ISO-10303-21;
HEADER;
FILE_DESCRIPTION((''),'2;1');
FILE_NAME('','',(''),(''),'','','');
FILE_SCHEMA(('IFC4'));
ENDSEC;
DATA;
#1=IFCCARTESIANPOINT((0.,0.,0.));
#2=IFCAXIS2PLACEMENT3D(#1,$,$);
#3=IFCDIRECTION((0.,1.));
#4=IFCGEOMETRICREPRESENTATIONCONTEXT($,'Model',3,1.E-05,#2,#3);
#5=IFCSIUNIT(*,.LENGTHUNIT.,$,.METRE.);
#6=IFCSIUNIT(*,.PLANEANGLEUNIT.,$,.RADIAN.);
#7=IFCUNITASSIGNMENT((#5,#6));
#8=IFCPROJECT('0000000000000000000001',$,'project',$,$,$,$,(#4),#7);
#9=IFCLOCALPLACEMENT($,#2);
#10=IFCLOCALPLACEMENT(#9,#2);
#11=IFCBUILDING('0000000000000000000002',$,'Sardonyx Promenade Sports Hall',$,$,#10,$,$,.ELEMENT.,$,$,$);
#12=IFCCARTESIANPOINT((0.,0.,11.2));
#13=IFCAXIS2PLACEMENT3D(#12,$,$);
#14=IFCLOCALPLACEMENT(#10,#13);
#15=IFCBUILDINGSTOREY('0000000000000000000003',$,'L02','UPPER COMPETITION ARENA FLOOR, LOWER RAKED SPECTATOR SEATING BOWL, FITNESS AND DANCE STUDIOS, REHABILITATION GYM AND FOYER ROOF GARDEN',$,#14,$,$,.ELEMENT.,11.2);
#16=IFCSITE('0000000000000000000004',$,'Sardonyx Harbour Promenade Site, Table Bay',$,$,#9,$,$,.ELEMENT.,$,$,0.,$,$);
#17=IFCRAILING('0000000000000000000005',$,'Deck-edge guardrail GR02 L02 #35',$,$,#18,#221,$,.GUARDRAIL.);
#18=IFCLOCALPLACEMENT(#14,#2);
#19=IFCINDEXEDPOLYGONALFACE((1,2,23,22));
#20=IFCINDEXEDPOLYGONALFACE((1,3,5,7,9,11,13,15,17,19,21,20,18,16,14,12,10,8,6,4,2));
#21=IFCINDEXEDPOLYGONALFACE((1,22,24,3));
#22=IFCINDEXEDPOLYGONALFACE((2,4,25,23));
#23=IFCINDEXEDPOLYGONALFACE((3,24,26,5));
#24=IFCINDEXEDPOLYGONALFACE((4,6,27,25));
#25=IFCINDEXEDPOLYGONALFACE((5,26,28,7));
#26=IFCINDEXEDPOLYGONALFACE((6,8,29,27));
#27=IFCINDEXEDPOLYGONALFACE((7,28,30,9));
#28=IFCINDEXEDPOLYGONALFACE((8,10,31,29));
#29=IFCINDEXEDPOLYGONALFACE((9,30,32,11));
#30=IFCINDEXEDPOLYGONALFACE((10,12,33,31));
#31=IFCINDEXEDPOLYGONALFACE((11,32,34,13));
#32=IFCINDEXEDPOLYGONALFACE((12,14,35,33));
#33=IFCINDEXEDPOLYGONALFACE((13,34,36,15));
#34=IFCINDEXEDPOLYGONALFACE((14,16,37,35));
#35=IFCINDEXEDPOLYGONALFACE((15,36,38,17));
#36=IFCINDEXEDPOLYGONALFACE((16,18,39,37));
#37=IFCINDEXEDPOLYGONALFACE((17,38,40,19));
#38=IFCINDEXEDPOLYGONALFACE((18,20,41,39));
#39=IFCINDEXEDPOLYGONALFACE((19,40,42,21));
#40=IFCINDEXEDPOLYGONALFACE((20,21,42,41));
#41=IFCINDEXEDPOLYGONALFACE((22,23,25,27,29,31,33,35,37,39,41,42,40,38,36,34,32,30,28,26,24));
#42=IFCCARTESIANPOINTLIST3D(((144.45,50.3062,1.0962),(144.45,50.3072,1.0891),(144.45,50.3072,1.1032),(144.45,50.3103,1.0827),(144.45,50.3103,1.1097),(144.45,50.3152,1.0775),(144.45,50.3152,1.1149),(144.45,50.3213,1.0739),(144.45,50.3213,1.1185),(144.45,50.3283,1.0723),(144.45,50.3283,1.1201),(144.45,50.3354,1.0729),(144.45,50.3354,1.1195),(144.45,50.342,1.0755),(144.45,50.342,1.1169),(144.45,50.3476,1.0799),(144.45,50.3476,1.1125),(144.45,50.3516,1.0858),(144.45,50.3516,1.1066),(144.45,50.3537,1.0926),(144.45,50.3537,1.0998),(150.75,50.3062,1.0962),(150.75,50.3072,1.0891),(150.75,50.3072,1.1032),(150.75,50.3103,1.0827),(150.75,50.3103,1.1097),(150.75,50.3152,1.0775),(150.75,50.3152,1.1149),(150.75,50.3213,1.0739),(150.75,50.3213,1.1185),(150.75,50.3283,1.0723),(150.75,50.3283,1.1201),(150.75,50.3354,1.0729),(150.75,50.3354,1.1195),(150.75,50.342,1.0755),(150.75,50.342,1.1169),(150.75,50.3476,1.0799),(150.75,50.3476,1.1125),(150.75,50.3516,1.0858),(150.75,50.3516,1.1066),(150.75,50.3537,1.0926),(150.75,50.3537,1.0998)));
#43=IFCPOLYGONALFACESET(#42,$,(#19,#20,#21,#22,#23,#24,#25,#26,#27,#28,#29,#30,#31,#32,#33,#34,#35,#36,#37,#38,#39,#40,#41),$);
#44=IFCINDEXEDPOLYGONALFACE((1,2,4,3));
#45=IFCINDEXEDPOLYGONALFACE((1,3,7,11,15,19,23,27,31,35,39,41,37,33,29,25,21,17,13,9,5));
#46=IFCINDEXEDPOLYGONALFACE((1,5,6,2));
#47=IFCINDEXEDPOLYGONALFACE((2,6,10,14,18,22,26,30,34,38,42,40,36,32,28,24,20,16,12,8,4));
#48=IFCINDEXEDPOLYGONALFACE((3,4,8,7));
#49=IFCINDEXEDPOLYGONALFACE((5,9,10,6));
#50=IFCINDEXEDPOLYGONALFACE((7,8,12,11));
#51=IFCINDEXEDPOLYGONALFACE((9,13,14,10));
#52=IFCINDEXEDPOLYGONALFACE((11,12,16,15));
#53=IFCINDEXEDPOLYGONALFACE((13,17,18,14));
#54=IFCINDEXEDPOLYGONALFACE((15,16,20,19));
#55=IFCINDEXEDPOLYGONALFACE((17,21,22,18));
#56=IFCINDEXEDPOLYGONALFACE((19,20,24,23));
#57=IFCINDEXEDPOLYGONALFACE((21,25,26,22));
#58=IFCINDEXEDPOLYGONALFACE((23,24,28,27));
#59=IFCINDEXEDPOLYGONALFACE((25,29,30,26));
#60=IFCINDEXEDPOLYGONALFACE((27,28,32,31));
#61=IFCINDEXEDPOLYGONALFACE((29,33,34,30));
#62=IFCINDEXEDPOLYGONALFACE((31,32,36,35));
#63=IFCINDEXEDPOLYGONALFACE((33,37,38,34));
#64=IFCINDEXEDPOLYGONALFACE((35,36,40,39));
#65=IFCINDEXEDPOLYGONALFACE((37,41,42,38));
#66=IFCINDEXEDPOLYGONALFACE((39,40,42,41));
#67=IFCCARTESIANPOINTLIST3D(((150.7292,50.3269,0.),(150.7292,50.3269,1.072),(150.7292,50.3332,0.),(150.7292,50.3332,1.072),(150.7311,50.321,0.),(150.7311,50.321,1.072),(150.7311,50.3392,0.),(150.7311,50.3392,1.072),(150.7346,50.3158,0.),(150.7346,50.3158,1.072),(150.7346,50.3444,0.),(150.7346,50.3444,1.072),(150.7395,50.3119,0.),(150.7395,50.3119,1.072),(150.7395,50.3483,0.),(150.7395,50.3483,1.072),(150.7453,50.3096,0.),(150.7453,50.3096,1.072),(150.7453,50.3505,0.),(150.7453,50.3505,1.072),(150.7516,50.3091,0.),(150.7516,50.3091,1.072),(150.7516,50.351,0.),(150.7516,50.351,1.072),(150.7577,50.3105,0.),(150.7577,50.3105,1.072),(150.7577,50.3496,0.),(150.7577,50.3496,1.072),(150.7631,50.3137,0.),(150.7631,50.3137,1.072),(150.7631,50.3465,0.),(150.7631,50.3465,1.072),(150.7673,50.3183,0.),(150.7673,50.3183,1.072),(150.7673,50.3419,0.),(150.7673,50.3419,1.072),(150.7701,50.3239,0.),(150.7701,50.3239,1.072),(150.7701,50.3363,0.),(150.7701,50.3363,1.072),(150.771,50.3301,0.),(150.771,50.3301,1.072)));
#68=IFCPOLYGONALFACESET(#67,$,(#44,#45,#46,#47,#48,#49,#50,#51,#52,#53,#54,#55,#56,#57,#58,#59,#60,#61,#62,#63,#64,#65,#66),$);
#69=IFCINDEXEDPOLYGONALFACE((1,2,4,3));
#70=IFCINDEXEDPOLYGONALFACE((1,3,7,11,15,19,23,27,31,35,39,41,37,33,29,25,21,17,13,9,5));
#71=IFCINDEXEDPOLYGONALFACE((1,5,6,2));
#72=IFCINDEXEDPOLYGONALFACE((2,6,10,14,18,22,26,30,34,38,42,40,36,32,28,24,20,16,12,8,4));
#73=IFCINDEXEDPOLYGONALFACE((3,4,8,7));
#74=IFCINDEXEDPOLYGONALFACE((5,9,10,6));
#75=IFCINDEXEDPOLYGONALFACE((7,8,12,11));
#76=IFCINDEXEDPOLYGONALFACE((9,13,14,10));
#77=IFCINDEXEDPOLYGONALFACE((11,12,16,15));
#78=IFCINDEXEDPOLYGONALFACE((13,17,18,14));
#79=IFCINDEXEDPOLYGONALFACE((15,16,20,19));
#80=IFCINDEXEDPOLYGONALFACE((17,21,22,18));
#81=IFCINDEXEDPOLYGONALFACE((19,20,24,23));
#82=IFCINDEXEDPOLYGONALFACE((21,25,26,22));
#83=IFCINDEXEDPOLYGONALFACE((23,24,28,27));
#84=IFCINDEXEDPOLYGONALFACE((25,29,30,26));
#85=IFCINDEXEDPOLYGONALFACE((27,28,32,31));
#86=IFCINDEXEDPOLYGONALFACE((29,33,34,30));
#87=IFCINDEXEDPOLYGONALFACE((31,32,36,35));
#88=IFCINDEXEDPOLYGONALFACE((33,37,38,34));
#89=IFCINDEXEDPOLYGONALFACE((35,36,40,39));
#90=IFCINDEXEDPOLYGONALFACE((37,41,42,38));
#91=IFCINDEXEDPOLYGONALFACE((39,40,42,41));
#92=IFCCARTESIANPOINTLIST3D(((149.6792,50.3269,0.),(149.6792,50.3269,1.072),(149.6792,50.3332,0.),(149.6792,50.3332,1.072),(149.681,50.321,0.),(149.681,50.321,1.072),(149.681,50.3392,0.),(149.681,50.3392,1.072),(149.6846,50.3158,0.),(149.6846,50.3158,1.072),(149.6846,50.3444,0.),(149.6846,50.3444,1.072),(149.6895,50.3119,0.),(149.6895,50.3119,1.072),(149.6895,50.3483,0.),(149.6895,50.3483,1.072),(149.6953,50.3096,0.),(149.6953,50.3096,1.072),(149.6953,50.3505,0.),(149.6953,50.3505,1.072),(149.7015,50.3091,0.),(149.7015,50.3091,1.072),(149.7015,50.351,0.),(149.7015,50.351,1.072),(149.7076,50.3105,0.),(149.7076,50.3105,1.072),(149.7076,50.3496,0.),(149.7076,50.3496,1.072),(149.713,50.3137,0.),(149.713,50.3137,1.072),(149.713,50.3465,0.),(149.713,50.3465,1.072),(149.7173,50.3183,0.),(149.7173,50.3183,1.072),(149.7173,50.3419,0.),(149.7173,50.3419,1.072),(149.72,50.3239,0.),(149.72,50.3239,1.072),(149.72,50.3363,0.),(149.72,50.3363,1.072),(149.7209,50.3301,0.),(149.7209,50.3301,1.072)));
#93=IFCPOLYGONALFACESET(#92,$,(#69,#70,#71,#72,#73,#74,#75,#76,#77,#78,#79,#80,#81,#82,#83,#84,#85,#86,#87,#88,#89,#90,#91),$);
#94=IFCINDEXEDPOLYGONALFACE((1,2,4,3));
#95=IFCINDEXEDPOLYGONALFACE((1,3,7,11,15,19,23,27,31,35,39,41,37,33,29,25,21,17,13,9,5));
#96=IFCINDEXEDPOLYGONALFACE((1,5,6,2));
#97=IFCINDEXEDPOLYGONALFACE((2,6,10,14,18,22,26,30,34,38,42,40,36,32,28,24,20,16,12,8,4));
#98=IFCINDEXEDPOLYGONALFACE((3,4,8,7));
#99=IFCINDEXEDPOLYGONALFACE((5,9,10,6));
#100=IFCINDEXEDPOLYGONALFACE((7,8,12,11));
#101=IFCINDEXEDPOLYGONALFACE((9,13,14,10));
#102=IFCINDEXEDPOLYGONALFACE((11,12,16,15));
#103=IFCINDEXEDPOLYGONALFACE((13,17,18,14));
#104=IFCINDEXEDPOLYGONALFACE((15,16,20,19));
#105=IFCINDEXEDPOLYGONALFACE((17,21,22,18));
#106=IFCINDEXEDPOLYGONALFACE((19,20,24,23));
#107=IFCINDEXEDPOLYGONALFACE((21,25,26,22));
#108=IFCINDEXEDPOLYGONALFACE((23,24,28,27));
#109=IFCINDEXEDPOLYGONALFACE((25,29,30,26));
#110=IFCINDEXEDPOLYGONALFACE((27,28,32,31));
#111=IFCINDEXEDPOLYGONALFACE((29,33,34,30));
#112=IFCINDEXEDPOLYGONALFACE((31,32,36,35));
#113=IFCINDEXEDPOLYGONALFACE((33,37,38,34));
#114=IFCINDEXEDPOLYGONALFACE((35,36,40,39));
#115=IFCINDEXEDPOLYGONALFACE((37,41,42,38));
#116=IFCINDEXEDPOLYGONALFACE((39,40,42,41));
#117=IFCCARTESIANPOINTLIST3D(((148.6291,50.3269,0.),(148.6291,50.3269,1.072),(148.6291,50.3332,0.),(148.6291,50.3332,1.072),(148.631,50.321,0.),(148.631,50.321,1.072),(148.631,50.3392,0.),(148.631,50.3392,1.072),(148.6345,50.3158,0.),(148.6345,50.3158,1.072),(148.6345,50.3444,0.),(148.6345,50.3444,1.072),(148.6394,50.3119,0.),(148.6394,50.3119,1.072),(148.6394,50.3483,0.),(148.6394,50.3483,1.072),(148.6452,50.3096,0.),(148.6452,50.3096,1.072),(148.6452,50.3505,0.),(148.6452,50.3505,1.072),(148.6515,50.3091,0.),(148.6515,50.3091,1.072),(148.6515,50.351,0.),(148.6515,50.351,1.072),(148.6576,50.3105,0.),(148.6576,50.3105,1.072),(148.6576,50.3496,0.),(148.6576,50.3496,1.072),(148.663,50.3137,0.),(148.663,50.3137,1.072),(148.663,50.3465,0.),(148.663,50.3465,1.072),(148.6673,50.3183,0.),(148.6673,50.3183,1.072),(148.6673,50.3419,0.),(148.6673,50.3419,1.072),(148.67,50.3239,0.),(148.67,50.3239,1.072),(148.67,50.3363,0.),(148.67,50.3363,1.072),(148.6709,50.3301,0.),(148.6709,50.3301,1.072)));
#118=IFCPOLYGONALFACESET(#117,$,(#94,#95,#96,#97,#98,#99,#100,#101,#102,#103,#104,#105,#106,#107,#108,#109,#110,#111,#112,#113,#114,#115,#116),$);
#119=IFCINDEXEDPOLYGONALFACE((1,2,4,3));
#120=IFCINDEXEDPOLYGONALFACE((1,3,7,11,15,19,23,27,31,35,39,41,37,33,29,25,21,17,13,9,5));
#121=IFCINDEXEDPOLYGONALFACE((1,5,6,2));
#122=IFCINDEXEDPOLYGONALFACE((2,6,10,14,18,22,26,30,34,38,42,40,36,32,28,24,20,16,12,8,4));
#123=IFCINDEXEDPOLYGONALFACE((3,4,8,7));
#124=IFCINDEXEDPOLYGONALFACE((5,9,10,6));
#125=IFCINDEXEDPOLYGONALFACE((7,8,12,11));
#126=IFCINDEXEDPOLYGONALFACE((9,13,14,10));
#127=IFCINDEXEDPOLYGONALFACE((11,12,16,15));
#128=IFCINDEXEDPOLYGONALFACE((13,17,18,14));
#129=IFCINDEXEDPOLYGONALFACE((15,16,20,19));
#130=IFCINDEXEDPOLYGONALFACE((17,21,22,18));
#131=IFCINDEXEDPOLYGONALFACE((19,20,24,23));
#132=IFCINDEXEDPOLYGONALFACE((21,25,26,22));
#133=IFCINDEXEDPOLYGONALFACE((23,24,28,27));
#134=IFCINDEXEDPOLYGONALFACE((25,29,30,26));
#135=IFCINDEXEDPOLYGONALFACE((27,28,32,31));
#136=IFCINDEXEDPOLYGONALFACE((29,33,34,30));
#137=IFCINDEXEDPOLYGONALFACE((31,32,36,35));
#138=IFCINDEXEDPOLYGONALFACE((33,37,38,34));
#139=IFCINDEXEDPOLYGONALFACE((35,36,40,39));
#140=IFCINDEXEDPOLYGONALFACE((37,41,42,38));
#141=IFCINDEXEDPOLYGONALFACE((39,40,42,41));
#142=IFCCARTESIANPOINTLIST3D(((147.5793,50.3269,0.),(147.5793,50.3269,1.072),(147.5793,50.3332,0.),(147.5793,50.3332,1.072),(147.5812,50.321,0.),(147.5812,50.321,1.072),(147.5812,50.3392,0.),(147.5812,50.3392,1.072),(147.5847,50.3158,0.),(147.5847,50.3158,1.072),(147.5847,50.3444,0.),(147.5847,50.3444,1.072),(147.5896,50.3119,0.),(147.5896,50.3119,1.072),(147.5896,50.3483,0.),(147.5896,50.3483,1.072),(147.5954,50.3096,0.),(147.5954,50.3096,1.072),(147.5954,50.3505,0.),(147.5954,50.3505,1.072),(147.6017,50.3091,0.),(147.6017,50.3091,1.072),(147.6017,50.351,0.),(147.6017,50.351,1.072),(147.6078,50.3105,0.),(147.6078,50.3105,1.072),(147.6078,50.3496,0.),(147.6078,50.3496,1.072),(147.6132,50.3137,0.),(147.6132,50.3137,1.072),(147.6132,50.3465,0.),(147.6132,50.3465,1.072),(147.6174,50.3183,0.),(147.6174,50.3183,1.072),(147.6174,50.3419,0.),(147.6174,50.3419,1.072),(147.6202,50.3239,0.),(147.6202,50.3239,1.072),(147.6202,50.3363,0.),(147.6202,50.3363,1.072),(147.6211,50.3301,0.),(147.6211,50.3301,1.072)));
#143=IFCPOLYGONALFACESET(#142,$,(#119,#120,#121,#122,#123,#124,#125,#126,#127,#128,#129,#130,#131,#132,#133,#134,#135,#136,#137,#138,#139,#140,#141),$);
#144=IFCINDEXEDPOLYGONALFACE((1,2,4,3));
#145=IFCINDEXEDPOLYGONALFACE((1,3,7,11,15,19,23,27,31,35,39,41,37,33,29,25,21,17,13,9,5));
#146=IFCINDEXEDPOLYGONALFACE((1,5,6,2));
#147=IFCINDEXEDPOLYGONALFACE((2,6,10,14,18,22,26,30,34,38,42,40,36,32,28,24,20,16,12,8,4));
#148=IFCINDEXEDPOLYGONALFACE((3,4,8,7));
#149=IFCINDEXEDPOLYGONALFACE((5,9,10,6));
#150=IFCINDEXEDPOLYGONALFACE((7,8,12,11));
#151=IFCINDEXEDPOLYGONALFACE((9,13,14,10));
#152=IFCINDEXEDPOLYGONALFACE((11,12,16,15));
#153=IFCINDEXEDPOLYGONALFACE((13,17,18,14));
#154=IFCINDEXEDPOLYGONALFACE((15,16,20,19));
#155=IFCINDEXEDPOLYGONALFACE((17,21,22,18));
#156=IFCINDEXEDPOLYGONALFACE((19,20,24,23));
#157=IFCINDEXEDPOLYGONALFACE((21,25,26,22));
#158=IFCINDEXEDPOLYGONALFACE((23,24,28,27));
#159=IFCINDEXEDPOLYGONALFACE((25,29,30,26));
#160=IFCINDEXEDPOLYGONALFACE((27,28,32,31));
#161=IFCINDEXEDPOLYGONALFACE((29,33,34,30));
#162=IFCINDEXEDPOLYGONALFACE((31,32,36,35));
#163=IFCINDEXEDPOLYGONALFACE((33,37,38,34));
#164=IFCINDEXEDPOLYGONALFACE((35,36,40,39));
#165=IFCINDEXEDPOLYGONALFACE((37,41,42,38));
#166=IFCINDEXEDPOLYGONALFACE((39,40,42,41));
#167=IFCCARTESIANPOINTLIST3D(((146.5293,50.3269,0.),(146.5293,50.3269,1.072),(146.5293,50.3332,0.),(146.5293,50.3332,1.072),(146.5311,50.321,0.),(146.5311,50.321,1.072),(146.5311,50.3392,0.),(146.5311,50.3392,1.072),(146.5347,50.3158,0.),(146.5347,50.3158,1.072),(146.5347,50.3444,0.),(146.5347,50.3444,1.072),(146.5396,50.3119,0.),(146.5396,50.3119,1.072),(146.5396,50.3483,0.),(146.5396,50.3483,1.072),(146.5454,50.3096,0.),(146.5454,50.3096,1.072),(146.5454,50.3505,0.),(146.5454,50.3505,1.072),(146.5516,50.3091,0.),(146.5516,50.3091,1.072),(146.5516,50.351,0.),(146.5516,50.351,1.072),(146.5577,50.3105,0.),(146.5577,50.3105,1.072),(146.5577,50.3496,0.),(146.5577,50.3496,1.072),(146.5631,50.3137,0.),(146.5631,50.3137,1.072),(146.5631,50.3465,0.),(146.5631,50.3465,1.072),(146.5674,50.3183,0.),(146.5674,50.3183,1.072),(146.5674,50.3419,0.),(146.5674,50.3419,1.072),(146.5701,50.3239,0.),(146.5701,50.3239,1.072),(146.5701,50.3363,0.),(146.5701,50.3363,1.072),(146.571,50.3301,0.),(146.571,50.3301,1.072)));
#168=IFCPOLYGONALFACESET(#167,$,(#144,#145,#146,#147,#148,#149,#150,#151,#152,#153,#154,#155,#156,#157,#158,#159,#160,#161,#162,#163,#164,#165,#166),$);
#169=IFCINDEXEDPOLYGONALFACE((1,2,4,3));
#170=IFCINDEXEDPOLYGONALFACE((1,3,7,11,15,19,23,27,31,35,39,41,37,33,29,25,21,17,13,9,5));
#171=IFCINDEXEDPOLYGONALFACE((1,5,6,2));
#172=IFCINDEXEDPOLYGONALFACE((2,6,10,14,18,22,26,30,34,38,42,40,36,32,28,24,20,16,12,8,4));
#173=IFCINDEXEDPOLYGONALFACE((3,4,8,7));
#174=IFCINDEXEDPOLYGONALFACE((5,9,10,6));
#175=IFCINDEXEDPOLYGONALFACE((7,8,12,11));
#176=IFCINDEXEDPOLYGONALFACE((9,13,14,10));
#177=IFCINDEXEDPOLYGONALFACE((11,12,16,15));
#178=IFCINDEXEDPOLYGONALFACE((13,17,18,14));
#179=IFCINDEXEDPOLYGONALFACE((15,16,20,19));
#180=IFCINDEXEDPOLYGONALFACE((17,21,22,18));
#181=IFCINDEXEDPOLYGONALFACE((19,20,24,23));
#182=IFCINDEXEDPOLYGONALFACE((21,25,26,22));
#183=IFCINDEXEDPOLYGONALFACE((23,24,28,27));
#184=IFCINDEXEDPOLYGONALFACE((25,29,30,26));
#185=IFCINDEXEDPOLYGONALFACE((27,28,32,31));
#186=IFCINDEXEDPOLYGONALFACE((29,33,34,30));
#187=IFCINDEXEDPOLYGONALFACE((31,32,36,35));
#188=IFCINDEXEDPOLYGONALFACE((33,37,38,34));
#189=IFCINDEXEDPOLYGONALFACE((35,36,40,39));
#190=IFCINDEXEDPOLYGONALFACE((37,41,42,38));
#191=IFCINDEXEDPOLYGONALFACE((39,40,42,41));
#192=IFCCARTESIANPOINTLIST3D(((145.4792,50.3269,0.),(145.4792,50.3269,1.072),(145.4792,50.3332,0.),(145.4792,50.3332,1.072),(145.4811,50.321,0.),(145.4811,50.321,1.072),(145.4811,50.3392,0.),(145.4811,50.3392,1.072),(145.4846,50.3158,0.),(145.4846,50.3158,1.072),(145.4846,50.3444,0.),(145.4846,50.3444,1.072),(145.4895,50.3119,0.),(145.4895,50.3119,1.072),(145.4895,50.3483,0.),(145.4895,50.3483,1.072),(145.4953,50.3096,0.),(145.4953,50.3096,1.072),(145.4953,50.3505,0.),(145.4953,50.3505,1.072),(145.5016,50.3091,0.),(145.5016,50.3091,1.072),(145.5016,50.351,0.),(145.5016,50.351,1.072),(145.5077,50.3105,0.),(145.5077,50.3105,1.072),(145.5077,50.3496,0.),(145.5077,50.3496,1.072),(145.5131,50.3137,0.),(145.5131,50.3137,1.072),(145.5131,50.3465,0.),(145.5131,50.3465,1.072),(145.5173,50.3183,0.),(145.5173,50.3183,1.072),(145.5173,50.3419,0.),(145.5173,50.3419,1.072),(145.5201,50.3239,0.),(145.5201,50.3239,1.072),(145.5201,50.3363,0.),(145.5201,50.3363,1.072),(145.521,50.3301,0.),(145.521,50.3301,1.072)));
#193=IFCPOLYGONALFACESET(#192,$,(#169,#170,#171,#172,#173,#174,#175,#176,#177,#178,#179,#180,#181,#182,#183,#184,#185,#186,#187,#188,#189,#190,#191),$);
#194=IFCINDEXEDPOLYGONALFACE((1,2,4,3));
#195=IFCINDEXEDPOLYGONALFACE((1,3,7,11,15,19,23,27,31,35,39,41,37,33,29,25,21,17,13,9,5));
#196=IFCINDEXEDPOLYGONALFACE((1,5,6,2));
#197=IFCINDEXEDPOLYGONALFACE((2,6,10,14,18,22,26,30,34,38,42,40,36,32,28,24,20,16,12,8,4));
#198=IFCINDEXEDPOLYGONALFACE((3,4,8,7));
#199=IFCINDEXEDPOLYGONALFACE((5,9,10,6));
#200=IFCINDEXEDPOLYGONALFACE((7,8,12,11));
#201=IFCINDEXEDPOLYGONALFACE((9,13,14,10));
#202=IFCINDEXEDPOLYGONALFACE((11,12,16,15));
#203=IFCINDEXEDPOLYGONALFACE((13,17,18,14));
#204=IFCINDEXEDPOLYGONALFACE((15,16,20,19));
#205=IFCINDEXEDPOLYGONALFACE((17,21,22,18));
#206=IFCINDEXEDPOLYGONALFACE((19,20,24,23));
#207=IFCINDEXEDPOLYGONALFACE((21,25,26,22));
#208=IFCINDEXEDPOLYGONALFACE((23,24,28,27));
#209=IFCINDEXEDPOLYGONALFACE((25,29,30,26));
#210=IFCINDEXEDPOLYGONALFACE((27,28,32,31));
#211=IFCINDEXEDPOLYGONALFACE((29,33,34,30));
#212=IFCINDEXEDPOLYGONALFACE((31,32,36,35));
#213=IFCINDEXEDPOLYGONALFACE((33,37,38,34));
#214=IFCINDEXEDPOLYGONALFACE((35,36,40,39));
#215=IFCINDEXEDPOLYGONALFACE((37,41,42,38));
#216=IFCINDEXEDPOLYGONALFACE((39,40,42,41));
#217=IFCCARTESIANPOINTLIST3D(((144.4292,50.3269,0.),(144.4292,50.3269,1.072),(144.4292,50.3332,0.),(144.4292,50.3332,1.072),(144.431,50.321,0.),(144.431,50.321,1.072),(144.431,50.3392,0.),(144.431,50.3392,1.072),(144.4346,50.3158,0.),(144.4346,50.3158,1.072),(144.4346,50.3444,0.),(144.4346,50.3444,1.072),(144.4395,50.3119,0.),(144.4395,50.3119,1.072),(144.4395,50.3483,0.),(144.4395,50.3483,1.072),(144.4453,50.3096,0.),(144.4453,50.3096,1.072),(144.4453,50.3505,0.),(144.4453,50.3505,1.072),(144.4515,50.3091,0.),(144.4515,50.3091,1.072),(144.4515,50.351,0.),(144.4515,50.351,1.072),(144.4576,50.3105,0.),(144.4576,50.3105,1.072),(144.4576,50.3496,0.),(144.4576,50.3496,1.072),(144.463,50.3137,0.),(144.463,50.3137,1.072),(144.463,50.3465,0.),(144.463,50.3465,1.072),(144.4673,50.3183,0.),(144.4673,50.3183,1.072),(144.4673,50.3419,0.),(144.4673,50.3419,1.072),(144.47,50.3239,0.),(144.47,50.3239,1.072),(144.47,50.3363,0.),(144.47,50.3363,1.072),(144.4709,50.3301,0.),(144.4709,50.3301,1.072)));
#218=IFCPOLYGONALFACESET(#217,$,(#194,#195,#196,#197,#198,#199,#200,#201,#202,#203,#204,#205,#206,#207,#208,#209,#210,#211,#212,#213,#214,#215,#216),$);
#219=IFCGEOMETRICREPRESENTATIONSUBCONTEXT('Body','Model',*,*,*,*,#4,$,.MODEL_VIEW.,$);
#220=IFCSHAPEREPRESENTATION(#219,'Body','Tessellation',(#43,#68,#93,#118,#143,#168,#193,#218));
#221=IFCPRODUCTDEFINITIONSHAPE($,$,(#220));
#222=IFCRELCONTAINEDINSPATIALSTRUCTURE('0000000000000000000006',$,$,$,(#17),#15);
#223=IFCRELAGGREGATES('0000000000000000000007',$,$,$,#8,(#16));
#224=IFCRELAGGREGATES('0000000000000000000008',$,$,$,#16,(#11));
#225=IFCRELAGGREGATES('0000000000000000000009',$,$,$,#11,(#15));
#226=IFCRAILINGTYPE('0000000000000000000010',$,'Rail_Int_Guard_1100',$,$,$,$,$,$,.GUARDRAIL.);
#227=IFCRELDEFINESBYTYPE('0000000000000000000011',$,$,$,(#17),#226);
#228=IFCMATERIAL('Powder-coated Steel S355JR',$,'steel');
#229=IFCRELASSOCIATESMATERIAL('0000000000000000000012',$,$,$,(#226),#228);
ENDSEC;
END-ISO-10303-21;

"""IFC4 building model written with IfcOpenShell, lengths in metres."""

from ifc_helpers import new_model, si_unit, direction, frame, origin, origin_2d, place, context, subcontext, project, spatial, circle, extrude, material, type_object, element, save


model = new_model("IFC4")

# Units and contexts
model_context = context("Model", 3, precision=1e-05, world=origin(), true_north=direction((0.0, 1.0)))
body_context = subcontext(model_context, "Body", "Model", "MODEL_VIEW")
ifc_project = project(units=[si_unit("LENGTHUNIT", "METRE"), si_unit("PLANEANGLEUNIT", "RADIAN")], contexts=[model_context])

# Site, building, storey
site_placement = place(None, origin())
site = spatial("IfcSite", under=ifc_project, at=site_placement, Name="Sardonyx Harbour Promenade Site, Table Bay", CompositionType="ELEMENT", RefElevation=0.0)
building_placement = place(site_placement, origin())
building = spatial("IfcBuilding", under=site, at=building_placement, Name="Sardonyx Promenade Sports Hall", CompositionType="ELEMENT")
storey_placement = place(building_placement, frame((0.0, 0.0, 11.2)))
storey = spatial("IfcBuildingStorey", under=building, at=storey_placement, Name="L02", Description="UPPER COMPETITION ARENA FLOOR, LOWER RAKED SPECTATOR SEATING BOWL, FITNESS AND DANCE STUDIOS, REHABILITATION GYM AND FOYER ROOF GARDEN", CompositionType="ELEMENT", Elevation=11.2)

# Railing
ifc_material_1 = material(Name="Powder-coated Steel S355JR", Category="steel")
railing_type = type_object("IfcRailingType", Name="Rail_Int_Guard_1100", PredefinedType="GUARDRAIL", material=ifc_material_1)
for number, where, name in (
    (1, (150.75, 50.3301, 0.0), "Deck-edge guardrail GR02 L02 #35"),
):
    element("IfcRailing", number, at=place(storey_placement, frame(where)), inside=storey, type_object=railing_type, Name=name, PredefinedType="GUARDRAIL", context=body_context, shape_type="SweptSolid", body=[
        extrude(circle(Radius=0.0239, at=origin_2d()), frame((0.0, 0.0, 1.0962), z_axis=(-1.0, 0.0, 0.0), x_axis=(0.0, -1.0, 0.0)), (0.0, 0.0, 1.0), 6.3),
        extrude(circle(Radius=0.021, at=origin_2d()), origin(), (0.0, 0.0, 1.0), 1.072),
        extrude(circle(Radius=0.021, at=origin_2d()), frame((-1.05, 0.0, 0.0)), (0.0, 0.0, 1.0), 1.072),
        extrude(circle(Radius=0.021, at=origin_2d()), frame((-2.1001, 0.0, 0.0)), (0.0, 0.0, 1.0), 1.072),
        extrude(circle(Radius=0.021, at=origin_2d()), frame((-3.1499, 0.0, 0.0)), (0.0, 0.0, 1.0), 1.072),
        extrude(circle(Radius=0.021, at=origin_2d()), frame((-4.2, 0.0, 0.0)), (0.0, 0.0, 1.0), 1.072),
        extrude(circle(Radius=0.021, at=origin_2d()), frame((-5.25, 0.0, 0.0)), (0.0, 0.0, 1.0), 1.072),
        extrude(circle(Radius=0.021, at=origin_2d()), frame((-6.3, 0.0, 0.0)), (0.0, 0.0, 1.0), 1.072),
    ])

save(model, "model.ifc")
